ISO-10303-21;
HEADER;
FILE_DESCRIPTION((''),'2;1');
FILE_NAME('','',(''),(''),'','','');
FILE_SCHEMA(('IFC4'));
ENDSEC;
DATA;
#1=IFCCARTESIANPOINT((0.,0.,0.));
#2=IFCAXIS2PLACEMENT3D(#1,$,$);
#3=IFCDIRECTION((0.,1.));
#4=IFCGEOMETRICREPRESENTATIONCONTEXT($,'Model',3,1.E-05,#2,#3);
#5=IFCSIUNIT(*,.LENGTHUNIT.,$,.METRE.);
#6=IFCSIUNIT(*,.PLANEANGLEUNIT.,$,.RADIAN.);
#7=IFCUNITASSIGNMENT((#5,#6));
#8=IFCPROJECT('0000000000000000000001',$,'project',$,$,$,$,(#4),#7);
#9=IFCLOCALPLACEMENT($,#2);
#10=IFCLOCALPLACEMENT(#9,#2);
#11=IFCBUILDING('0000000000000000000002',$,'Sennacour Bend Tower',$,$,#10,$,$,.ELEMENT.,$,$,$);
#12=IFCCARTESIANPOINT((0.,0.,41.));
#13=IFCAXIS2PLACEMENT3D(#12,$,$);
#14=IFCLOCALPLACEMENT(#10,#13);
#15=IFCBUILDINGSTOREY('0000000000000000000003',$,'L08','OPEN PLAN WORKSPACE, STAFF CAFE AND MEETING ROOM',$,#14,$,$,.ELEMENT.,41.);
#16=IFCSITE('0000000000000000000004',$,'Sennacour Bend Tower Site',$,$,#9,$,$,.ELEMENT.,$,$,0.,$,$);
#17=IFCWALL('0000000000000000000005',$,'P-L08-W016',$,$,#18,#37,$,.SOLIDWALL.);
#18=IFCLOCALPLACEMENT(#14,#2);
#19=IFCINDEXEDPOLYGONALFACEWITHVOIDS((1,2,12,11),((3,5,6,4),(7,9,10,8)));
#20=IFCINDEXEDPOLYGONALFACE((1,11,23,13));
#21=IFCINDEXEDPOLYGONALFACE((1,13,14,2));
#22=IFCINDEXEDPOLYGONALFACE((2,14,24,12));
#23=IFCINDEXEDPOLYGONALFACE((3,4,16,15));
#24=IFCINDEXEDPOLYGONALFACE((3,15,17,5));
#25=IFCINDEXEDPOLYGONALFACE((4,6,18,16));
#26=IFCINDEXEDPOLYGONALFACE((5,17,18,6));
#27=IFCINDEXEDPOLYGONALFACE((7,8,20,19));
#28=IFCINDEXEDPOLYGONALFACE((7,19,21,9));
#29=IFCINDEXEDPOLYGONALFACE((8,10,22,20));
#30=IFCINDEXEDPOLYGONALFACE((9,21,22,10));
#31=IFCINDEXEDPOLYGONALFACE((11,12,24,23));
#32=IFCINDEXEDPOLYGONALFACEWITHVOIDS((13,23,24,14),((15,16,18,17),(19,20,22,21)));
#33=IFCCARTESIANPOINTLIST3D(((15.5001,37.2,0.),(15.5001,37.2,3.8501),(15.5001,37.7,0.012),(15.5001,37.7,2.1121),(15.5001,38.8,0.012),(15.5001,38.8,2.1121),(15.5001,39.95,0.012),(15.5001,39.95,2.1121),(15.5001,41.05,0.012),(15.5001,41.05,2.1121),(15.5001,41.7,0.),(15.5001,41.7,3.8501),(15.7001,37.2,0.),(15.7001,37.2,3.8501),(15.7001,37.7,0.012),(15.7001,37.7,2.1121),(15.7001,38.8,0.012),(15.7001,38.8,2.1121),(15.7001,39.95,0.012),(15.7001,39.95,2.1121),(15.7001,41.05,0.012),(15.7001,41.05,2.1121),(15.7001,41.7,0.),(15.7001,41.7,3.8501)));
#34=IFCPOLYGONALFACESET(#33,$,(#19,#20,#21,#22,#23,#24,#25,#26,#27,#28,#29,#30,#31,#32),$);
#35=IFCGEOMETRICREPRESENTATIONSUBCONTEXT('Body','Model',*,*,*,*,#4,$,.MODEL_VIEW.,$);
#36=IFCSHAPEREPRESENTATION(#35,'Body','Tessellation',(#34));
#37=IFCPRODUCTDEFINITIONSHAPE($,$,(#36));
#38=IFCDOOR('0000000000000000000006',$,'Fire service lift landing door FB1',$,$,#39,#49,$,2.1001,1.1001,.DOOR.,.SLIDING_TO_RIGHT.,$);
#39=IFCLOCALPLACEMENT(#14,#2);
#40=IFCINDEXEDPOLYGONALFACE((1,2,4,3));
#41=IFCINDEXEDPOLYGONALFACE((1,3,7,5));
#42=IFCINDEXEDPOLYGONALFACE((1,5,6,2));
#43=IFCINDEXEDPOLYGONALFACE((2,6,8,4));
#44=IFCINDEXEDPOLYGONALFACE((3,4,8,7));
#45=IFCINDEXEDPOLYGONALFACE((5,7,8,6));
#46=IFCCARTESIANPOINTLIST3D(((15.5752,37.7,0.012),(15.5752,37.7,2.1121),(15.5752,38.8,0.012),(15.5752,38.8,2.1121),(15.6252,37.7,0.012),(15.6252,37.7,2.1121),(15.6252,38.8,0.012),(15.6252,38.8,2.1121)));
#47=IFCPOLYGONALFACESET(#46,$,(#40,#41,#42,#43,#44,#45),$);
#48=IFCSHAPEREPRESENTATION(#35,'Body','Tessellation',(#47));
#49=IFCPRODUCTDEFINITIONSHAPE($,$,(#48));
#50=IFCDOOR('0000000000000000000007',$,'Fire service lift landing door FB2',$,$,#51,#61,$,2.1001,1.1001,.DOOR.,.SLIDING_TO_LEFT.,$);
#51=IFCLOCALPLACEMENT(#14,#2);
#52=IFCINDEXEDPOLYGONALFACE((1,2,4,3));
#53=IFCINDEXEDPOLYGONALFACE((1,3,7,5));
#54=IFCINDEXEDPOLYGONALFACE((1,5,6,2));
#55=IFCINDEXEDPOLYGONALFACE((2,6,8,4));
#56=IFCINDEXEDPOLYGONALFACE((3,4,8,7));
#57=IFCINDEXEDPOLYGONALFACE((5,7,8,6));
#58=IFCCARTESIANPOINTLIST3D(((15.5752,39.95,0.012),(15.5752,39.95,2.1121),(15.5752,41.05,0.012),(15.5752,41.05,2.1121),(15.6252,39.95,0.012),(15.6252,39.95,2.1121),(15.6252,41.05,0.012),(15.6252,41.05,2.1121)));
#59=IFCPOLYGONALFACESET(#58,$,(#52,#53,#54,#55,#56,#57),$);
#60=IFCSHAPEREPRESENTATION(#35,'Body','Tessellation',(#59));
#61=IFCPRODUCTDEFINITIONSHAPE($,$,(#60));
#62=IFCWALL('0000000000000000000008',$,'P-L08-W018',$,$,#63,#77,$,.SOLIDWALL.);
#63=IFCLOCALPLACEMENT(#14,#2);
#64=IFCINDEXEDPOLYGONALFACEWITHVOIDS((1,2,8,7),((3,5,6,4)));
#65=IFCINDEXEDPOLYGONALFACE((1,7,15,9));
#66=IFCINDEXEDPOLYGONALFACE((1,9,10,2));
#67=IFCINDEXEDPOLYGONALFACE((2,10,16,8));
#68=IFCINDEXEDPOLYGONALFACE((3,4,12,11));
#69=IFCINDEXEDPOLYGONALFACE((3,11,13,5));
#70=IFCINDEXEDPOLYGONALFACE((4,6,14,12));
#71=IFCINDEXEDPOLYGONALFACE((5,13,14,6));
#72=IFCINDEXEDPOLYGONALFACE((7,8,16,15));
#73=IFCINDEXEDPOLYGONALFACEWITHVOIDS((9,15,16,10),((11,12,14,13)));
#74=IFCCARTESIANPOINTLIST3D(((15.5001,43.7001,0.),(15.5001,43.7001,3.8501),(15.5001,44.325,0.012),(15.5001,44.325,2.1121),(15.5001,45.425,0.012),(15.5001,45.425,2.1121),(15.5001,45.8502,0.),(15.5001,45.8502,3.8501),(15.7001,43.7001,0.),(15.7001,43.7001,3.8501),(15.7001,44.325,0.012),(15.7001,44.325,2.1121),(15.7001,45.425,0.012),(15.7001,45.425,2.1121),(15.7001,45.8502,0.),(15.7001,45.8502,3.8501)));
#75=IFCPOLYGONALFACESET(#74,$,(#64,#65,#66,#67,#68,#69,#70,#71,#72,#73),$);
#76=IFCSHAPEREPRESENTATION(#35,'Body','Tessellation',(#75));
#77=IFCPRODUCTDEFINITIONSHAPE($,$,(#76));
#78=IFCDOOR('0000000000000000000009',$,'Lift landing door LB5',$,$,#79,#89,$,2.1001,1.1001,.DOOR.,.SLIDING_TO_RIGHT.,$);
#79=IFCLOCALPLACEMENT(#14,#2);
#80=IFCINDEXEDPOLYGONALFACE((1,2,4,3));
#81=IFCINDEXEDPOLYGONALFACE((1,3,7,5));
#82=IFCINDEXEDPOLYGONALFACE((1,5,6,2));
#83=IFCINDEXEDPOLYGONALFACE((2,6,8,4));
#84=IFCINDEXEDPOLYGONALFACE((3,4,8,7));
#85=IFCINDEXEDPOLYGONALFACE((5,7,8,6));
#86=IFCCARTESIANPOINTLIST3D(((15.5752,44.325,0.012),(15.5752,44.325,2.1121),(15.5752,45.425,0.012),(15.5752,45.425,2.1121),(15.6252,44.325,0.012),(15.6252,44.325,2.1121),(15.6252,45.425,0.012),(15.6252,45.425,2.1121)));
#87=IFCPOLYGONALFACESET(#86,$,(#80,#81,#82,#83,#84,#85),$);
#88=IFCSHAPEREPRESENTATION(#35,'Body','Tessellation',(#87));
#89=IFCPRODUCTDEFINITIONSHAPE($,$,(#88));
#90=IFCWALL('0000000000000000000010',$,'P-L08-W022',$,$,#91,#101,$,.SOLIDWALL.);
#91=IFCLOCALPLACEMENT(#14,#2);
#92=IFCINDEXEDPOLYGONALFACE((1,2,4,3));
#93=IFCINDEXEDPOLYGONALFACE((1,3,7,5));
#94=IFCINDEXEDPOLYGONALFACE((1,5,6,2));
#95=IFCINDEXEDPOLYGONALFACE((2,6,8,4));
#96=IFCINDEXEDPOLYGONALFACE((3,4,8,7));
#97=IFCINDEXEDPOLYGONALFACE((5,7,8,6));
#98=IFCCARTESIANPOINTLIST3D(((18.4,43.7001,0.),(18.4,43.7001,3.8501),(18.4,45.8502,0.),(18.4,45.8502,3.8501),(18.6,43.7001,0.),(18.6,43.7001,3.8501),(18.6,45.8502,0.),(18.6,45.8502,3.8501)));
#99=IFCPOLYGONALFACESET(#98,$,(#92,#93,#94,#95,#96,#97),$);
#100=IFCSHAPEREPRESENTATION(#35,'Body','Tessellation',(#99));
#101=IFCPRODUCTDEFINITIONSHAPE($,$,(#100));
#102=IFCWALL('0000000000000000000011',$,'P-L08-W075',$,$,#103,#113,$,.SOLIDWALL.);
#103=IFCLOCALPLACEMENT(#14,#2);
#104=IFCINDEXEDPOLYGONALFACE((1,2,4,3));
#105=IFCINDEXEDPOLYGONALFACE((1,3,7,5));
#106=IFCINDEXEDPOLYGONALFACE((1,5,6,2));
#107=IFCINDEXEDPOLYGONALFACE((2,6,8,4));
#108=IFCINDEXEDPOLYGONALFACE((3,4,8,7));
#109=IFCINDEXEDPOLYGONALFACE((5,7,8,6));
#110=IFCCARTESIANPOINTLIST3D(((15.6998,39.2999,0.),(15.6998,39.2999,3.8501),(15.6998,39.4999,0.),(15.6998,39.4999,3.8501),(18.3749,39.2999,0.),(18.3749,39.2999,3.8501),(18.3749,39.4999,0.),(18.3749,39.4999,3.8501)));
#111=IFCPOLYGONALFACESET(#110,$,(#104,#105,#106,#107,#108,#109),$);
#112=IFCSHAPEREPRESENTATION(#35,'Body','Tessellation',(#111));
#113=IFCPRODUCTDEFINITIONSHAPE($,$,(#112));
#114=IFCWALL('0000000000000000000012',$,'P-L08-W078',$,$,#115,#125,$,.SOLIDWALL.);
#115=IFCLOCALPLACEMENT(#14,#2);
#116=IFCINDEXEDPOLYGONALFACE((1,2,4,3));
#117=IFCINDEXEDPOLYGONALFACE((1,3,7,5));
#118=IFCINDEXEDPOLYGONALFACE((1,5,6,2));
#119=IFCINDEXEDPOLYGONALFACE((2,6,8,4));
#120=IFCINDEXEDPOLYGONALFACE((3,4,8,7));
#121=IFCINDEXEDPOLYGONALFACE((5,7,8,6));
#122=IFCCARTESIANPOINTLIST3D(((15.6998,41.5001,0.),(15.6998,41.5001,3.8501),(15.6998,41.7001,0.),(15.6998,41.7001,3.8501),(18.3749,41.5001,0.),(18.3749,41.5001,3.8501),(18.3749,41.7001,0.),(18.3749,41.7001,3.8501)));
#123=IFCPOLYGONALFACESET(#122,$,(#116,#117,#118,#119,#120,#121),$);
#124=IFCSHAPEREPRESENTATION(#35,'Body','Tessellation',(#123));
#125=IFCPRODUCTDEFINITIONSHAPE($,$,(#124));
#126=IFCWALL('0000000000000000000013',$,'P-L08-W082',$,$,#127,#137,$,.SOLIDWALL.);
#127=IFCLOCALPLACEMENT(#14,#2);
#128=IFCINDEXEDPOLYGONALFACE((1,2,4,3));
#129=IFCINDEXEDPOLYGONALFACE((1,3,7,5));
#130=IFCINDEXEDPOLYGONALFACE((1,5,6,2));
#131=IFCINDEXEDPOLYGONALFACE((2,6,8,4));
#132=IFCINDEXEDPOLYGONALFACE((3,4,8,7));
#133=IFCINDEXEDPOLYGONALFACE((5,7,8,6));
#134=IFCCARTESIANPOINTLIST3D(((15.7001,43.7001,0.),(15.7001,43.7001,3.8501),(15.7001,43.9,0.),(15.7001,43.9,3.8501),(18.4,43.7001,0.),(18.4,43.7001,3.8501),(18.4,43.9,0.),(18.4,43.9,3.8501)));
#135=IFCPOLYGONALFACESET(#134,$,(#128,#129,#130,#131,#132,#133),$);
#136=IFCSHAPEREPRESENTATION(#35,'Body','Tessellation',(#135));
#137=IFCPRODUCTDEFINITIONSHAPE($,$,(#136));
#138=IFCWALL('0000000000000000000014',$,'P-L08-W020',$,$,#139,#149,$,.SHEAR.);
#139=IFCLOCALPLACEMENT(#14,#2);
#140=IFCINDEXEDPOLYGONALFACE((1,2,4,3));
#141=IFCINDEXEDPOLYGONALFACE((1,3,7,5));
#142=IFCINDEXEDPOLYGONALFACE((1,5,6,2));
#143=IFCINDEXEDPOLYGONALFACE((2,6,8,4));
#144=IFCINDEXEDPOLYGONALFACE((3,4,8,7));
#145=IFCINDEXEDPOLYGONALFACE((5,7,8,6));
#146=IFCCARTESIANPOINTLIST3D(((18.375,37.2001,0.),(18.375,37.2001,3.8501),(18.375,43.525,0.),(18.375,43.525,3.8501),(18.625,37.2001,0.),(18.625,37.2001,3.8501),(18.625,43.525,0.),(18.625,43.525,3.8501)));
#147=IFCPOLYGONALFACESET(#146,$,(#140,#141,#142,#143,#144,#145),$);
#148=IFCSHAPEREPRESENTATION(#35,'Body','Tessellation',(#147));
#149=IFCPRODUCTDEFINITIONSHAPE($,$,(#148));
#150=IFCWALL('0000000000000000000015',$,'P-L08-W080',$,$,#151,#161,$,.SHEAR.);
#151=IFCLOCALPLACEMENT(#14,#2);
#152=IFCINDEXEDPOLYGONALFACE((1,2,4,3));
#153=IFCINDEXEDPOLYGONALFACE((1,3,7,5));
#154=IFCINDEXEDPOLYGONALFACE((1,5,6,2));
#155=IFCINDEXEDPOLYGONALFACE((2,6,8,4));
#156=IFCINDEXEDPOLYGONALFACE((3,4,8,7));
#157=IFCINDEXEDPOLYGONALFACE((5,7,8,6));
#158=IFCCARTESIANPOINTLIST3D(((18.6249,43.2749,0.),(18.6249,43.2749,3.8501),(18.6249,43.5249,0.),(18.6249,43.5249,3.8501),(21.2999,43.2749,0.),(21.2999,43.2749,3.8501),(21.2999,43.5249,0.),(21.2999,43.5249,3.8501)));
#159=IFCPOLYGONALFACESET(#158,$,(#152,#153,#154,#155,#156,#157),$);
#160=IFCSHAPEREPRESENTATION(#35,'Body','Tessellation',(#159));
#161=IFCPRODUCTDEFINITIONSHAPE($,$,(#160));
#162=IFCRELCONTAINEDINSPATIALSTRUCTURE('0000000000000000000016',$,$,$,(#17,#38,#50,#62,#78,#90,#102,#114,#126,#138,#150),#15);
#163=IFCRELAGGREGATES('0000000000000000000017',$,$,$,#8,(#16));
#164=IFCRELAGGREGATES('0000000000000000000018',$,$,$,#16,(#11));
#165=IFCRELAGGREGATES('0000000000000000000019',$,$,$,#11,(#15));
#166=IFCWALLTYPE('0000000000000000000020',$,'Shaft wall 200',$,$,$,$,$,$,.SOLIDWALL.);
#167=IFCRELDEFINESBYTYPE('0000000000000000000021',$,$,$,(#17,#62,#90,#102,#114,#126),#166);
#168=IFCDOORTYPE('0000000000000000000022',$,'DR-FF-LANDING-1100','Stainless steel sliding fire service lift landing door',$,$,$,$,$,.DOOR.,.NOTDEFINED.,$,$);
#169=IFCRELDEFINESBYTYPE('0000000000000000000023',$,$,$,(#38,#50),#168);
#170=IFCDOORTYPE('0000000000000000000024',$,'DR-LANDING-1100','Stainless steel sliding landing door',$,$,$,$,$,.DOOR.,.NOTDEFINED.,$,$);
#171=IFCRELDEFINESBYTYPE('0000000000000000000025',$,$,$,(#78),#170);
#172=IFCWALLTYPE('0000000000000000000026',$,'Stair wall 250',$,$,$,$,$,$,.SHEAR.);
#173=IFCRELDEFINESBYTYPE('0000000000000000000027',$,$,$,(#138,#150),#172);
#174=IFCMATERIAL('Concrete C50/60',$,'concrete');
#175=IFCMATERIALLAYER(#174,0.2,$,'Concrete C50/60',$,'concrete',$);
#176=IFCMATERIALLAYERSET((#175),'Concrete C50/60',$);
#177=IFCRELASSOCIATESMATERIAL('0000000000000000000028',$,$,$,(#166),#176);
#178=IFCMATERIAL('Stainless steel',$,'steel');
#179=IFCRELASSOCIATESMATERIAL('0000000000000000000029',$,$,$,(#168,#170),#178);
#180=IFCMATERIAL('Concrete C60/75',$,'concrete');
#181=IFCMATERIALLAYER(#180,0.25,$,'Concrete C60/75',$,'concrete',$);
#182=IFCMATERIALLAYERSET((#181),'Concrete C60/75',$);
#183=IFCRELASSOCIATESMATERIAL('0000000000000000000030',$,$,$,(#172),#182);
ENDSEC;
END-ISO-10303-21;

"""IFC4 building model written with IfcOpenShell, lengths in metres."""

from ifc_helpers import new_model, si_unit, direction, frame, frame_2d, origin, place, context, subcontext, project, spatial, rectangle, extrude, material, layer, layer_set, type_object, element, fill, save


model = new_model("IFC4")

# Units and contexts
model_context = context("Model", 3, precision=1e-05, world=origin(), true_north=direction((0.0, 1.0)))
body_context = subcontext(model_context, "Body", "Model", "MODEL_VIEW")
ifc_project = project(units=[si_unit("LENGTHUNIT", "METRE"), si_unit("PLANEANGLEUNIT", "RADIAN")], contexts=[model_context])

# Site, building, storey
site_placement = place(None, origin())
site = spatial("IfcSite", under=ifc_project, at=site_placement, Name="Sennacour Bend Tower Site", CompositionType="ELEMENT", RefElevation=0.0)
building_placement = place(site_placement, origin())
building = spatial("IfcBuilding", under=site, at=building_placement, Name="Sennacour Bend Tower", CompositionType="ELEMENT")
storey_placement = place(building_placement, frame((0.0, 0.0, 41.0)))
storey = spatial("IfcBuildingStorey", under=building, at=storey_placement, Name="L08", Description="OPEN PLAN WORKSPACE, STAFF CAFE AND MEETING ROOM", CompositionType="ELEMENT", Elevation=41.0)

# Wall, openings, doors
ifc_material_1 = material(Name="Concrete C50/60", Category="concrete")
ifc_layer_1 = layer(ifc_material_1, 0.2, Name="Concrete C50/60", Category="concrete")
ifc_layer_set_1 = layer_set([ifc_layer_1], Name="Concrete C50/60")
wall_type_1 = type_object("IfcWallType", Name="Shaft wall 200", PredefinedType="SOLIDWALL", material=ifc_layer_set_1)
wall_1_placement = place(storey_placement, frame((15.6001, 37.2, 0.0), z_axis=(0.0, 0.0, 1.0), x_axis=(0.0, 1.0, 0.0)))
wall_1 = element("IfcWall", 1, at=wall_1_placement, inside=storey, type_object=wall_type_1, Name="P-L08-W016", PredefinedType="SOLIDWALL", context=body_context, shape_type="SweptSolid", body=[
    extrude(rectangle(XDim=4.5, YDim=0.2, at=frame_2d((2.25, 0.0))), origin(), (0.0, 0.0, 1.0), 3.8501),
])
opening_1_placement = place(wall_1_placement, frame((0.5, 0.0, 0.012)))
opening_1 = element("IfcOpeningElement", 2, at=opening_1_placement, cuts=wall_1, PredefinedType="OPENING", context=body_context, shape_type="SweptSolid", body=[
    extrude(rectangle(XDim=1.1001, YDim=2.1001, at=frame_2d((0.55, 1.05))), frame((0.0, 0.1099, 0.0), z_axis=(0.0, -1.0, 0.0), x_axis=(1.0, 0.0, 0.0)), (0.0, 0.0, 1.0), 0.22),
])
opening_2_placement = place(wall_1_placement, frame((2.75, 0.0, 0.012)))
opening_2 = element("IfcOpeningElement", 3, at=opening_2_placement, cuts=wall_1, PredefinedType="OPENING", context=body_context, shape_type="SweptSolid", body=[
    extrude(rectangle(XDim=1.1001, YDim=2.1001, at=frame_2d((0.55, 1.05))), frame((0.0, 0.1099, 0.0), z_axis=(0.0, -1.0, 0.0), x_axis=(1.0, 0.0, 0.0)), (0.0, 0.0, 1.0), 0.22),
])
ifc_material_2 = material(Name="Stainless steel", Category="steel")
door_type_1 = type_object("IfcDoorType", Name="DR-FF-LANDING-1100", Description="Stainless steel sliding fire service lift landing door", OperationType="NOTDEFINED", PredefinedType="DOOR", material=ifc_material_2)
door_1_placement = place(opening_1_placement, origin())
door_1 = element("IfcDoor", 4, at=door_1_placement, inside=storey, type_object=door_type_1, Name="Fire service lift landing door FB1", OperationType="SLIDING_TO_RIGHT", OverallHeight=2.1001, OverallWidth=1.1001, PredefinedType="DOOR", context=body_context, shape_type="SweptSolid", body=[
    extrude(rectangle(XDim=1.1001, YDim=2.1001, at=frame_2d((0.55, 1.05))), frame((0.0, 0.0249, 0.0), z_axis=(0.0, -1.0, 0.0), x_axis=(1.0, 0.0, 0.0)), (0.0, 0.0, 1.0), 0.05),
])
fill(opening_1, door_1)
door_2_placement = place(opening_2_placement, origin())
door_2 = element("IfcDoor", 5, at=door_2_placement, inside=storey, type_object=door_type_1, Name="Fire service lift landing door FB2", OperationType="SLIDING_TO_LEFT", OverallHeight=2.1001, OverallWidth=1.1001, PredefinedType="DOOR", context=body_context, shape_type="SweptSolid", body=[
    extrude(rectangle(XDim=1.1001, YDim=2.1001, at=frame_2d((0.55, 1.05))), frame((0.0, 0.0249, 0.0), z_axis=(0.0, -1.0, 0.0), x_axis=(1.0, 0.0, 0.0)), (0.0, 0.0, 1.0), 0.05),
])
fill(opening_2, door_2)

# Wall, opening, door
wall_2_placement = place(storey_placement, frame((15.6001, 43.7, 0.0), z_axis=(0.0, 0.0, 1.0), x_axis=(0.0, 1.0, 0.0)))
wall_2 = element("IfcWall", 6, at=wall_2_placement, inside=storey, type_object=wall_type_1, Name="P-L08-W018", PredefinedType="SOLIDWALL", context=body_context, shape_type="SweptSolid", body=[
    extrude(rectangle(XDim=2.1501, YDim=0.2, at=frame_2d((1.0752, 0.0))), origin(), (0.0, 0.0, 1.0), 3.8501),
])
opening_3_placement = place(wall_2_placement, frame((0.625, 0.0, 0.012)))
opening_3 = element("IfcOpeningElement", 7, at=opening_3_placement, cuts=wall_2, PredefinedType="OPENING", context=body_context, shape_type="SweptSolid", body=[
    extrude(rectangle(XDim=1.1001, YDim=2.1001, at=frame_2d((0.55, 1.05))), frame((0.0, 0.1099, 0.0), z_axis=(0.0, -1.0, 0.0), x_axis=(1.0, 0.0, 0.0)), (0.0, 0.0, 1.0), 0.22),
])
door_type_2 = type_object("IfcDoorType", Name="DR-LANDING-1100", Description="Stainless steel sliding landing door", OperationType="NOTDEFINED", PredefinedType="DOOR", material=ifc_material_2)
door_3_placement = place(opening_3_placement, origin())
door_3 = element("IfcDoor", 8, at=door_3_placement, inside=storey, type_object=door_type_2, Name="Lift landing door LB5", OperationType="SLIDING_TO_RIGHT", OverallHeight=2.1001, OverallWidth=1.1001, PredefinedType="DOOR", context=body_context, shape_type="SweptSolid", body=[
    extrude(rectangle(XDim=1.1001, YDim=2.1001, at=frame_2d((0.55, 1.05))), frame((0.0, 0.0249, 0.0), z_axis=(0.0, -1.0, 0.0), x_axis=(1.0, 0.0, 0.0)), (0.0, 0.0, 1.0), 0.05),
])
fill(opening_3, door_3)

# Walls
wall_3_placement = place(storey_placement, frame((18.5, 43.7, 0.0), z_axis=(0.0, 0.0, 1.0), x_axis=(0.0, 1.0, 0.0)))
element("IfcWall", 9, at=wall_3_placement, inside=storey, type_object=wall_type_1, Name="P-L08-W022", PredefinedType="SOLIDWALL", context=body_context, shape_type="SweptSolid", body=[
    extrude(rectangle(XDim=2.1501, YDim=0.2, at=frame_2d((1.0752, 0.0))), origin(), (0.0, 0.0, 1.0), 3.8501),
])
for number, where, z_axis, x_axis, name in (
    (10, (15.7, 39.3999, 0.0), (0.0, 0.0, 1.0), (1.0, 0.0, 0.0), "P-L08-W075"),
    (11, (15.7, 41.6001, 0.0), (0.0, 0.0, 1.0), (1.0, 0.0, 0.0), "P-L08-W078"),
):
    element("IfcWall", number, at=place(storey_placement, frame(where, z_axis=z_axis, x_axis=x_axis)), inside=storey, type_object=wall_type_1, Name=name, PredefinedType="SOLIDWALL", context=body_context, shape_type="SweptSolid", body=[
        extrude(rectangle(XDim=2.675, YDim=0.2, at=frame_2d((1.3374, 0.0))), origin(), (0.0, 0.0, 1.0), 3.8501),
    ])
wall_4_placement = place(storey_placement, frame((15.7, 43.8, 0.0), z_axis=(0.0, 0.0, 1.0), x_axis=(1.0, 0.0, 0.0)))
element("IfcWall", 12, at=wall_4_placement, inside=storey, type_object=wall_type_1, Name="P-L08-W082", PredefinedType="SOLIDWALL", context=body_context, shape_type="SweptSolid", body=[
    extrude(rectangle(XDim=2.7, YDim=0.2, at=frame_2d((1.3501, 0.0))), origin(), (0.0, 0.0, 1.0), 3.8501),
])
ifc_material_3 = material(Name="Concrete C60/75", Category="concrete")
ifc_layer_2 = layer(ifc_material_3, 0.25, Name="Concrete C60/75", Category="concrete")
ifc_layer_set_2 = layer_set([ifc_layer_2], Name="Concrete C60/75")
wall_type_2 = type_object("IfcWallType", Name="Stair wall 250", PredefinedType="SHEAR", material=ifc_layer_set_2)
wall_5_placement = place(storey_placement, frame((18.5, 37.2, 0.0), z_axis=(0.0, 0.0, 1.0), x_axis=(0.0, 1.0, 0.0)))
element("IfcWall", 13, at=wall_5_placement, inside=storey, type_object=wall_type_2, Name="P-L08-W020", PredefinedType="SHEAR", context=body_context, shape_type="SweptSolid", body=[
    extrude(rectangle(XDim=6.325, YDim=0.25, at=frame_2d((3.1626, 0.0))), origin(), (0.0, 0.0, 1.0), 3.8501),
])
wall_6_placement = place(storey_placement, frame((18.625, 43.3999, 0.0), z_axis=(0.0, 0.0, 1.0), x_axis=(1.0, 0.0, 0.0)))
element("IfcWall", 14, at=wall_6_placement, inside=storey, type_object=wall_type_2, Name="P-L08-W080", PredefinedType="SHEAR", context=body_context, shape_type="SweptSolid", body=[
    extrude(rectangle(XDim=2.675, YDim=0.25, at=frame_2d((1.3374, 0.0))), origin(), (0.0, 0.0, 1.0), 3.8501),
])

save(model, "model.ifc")
